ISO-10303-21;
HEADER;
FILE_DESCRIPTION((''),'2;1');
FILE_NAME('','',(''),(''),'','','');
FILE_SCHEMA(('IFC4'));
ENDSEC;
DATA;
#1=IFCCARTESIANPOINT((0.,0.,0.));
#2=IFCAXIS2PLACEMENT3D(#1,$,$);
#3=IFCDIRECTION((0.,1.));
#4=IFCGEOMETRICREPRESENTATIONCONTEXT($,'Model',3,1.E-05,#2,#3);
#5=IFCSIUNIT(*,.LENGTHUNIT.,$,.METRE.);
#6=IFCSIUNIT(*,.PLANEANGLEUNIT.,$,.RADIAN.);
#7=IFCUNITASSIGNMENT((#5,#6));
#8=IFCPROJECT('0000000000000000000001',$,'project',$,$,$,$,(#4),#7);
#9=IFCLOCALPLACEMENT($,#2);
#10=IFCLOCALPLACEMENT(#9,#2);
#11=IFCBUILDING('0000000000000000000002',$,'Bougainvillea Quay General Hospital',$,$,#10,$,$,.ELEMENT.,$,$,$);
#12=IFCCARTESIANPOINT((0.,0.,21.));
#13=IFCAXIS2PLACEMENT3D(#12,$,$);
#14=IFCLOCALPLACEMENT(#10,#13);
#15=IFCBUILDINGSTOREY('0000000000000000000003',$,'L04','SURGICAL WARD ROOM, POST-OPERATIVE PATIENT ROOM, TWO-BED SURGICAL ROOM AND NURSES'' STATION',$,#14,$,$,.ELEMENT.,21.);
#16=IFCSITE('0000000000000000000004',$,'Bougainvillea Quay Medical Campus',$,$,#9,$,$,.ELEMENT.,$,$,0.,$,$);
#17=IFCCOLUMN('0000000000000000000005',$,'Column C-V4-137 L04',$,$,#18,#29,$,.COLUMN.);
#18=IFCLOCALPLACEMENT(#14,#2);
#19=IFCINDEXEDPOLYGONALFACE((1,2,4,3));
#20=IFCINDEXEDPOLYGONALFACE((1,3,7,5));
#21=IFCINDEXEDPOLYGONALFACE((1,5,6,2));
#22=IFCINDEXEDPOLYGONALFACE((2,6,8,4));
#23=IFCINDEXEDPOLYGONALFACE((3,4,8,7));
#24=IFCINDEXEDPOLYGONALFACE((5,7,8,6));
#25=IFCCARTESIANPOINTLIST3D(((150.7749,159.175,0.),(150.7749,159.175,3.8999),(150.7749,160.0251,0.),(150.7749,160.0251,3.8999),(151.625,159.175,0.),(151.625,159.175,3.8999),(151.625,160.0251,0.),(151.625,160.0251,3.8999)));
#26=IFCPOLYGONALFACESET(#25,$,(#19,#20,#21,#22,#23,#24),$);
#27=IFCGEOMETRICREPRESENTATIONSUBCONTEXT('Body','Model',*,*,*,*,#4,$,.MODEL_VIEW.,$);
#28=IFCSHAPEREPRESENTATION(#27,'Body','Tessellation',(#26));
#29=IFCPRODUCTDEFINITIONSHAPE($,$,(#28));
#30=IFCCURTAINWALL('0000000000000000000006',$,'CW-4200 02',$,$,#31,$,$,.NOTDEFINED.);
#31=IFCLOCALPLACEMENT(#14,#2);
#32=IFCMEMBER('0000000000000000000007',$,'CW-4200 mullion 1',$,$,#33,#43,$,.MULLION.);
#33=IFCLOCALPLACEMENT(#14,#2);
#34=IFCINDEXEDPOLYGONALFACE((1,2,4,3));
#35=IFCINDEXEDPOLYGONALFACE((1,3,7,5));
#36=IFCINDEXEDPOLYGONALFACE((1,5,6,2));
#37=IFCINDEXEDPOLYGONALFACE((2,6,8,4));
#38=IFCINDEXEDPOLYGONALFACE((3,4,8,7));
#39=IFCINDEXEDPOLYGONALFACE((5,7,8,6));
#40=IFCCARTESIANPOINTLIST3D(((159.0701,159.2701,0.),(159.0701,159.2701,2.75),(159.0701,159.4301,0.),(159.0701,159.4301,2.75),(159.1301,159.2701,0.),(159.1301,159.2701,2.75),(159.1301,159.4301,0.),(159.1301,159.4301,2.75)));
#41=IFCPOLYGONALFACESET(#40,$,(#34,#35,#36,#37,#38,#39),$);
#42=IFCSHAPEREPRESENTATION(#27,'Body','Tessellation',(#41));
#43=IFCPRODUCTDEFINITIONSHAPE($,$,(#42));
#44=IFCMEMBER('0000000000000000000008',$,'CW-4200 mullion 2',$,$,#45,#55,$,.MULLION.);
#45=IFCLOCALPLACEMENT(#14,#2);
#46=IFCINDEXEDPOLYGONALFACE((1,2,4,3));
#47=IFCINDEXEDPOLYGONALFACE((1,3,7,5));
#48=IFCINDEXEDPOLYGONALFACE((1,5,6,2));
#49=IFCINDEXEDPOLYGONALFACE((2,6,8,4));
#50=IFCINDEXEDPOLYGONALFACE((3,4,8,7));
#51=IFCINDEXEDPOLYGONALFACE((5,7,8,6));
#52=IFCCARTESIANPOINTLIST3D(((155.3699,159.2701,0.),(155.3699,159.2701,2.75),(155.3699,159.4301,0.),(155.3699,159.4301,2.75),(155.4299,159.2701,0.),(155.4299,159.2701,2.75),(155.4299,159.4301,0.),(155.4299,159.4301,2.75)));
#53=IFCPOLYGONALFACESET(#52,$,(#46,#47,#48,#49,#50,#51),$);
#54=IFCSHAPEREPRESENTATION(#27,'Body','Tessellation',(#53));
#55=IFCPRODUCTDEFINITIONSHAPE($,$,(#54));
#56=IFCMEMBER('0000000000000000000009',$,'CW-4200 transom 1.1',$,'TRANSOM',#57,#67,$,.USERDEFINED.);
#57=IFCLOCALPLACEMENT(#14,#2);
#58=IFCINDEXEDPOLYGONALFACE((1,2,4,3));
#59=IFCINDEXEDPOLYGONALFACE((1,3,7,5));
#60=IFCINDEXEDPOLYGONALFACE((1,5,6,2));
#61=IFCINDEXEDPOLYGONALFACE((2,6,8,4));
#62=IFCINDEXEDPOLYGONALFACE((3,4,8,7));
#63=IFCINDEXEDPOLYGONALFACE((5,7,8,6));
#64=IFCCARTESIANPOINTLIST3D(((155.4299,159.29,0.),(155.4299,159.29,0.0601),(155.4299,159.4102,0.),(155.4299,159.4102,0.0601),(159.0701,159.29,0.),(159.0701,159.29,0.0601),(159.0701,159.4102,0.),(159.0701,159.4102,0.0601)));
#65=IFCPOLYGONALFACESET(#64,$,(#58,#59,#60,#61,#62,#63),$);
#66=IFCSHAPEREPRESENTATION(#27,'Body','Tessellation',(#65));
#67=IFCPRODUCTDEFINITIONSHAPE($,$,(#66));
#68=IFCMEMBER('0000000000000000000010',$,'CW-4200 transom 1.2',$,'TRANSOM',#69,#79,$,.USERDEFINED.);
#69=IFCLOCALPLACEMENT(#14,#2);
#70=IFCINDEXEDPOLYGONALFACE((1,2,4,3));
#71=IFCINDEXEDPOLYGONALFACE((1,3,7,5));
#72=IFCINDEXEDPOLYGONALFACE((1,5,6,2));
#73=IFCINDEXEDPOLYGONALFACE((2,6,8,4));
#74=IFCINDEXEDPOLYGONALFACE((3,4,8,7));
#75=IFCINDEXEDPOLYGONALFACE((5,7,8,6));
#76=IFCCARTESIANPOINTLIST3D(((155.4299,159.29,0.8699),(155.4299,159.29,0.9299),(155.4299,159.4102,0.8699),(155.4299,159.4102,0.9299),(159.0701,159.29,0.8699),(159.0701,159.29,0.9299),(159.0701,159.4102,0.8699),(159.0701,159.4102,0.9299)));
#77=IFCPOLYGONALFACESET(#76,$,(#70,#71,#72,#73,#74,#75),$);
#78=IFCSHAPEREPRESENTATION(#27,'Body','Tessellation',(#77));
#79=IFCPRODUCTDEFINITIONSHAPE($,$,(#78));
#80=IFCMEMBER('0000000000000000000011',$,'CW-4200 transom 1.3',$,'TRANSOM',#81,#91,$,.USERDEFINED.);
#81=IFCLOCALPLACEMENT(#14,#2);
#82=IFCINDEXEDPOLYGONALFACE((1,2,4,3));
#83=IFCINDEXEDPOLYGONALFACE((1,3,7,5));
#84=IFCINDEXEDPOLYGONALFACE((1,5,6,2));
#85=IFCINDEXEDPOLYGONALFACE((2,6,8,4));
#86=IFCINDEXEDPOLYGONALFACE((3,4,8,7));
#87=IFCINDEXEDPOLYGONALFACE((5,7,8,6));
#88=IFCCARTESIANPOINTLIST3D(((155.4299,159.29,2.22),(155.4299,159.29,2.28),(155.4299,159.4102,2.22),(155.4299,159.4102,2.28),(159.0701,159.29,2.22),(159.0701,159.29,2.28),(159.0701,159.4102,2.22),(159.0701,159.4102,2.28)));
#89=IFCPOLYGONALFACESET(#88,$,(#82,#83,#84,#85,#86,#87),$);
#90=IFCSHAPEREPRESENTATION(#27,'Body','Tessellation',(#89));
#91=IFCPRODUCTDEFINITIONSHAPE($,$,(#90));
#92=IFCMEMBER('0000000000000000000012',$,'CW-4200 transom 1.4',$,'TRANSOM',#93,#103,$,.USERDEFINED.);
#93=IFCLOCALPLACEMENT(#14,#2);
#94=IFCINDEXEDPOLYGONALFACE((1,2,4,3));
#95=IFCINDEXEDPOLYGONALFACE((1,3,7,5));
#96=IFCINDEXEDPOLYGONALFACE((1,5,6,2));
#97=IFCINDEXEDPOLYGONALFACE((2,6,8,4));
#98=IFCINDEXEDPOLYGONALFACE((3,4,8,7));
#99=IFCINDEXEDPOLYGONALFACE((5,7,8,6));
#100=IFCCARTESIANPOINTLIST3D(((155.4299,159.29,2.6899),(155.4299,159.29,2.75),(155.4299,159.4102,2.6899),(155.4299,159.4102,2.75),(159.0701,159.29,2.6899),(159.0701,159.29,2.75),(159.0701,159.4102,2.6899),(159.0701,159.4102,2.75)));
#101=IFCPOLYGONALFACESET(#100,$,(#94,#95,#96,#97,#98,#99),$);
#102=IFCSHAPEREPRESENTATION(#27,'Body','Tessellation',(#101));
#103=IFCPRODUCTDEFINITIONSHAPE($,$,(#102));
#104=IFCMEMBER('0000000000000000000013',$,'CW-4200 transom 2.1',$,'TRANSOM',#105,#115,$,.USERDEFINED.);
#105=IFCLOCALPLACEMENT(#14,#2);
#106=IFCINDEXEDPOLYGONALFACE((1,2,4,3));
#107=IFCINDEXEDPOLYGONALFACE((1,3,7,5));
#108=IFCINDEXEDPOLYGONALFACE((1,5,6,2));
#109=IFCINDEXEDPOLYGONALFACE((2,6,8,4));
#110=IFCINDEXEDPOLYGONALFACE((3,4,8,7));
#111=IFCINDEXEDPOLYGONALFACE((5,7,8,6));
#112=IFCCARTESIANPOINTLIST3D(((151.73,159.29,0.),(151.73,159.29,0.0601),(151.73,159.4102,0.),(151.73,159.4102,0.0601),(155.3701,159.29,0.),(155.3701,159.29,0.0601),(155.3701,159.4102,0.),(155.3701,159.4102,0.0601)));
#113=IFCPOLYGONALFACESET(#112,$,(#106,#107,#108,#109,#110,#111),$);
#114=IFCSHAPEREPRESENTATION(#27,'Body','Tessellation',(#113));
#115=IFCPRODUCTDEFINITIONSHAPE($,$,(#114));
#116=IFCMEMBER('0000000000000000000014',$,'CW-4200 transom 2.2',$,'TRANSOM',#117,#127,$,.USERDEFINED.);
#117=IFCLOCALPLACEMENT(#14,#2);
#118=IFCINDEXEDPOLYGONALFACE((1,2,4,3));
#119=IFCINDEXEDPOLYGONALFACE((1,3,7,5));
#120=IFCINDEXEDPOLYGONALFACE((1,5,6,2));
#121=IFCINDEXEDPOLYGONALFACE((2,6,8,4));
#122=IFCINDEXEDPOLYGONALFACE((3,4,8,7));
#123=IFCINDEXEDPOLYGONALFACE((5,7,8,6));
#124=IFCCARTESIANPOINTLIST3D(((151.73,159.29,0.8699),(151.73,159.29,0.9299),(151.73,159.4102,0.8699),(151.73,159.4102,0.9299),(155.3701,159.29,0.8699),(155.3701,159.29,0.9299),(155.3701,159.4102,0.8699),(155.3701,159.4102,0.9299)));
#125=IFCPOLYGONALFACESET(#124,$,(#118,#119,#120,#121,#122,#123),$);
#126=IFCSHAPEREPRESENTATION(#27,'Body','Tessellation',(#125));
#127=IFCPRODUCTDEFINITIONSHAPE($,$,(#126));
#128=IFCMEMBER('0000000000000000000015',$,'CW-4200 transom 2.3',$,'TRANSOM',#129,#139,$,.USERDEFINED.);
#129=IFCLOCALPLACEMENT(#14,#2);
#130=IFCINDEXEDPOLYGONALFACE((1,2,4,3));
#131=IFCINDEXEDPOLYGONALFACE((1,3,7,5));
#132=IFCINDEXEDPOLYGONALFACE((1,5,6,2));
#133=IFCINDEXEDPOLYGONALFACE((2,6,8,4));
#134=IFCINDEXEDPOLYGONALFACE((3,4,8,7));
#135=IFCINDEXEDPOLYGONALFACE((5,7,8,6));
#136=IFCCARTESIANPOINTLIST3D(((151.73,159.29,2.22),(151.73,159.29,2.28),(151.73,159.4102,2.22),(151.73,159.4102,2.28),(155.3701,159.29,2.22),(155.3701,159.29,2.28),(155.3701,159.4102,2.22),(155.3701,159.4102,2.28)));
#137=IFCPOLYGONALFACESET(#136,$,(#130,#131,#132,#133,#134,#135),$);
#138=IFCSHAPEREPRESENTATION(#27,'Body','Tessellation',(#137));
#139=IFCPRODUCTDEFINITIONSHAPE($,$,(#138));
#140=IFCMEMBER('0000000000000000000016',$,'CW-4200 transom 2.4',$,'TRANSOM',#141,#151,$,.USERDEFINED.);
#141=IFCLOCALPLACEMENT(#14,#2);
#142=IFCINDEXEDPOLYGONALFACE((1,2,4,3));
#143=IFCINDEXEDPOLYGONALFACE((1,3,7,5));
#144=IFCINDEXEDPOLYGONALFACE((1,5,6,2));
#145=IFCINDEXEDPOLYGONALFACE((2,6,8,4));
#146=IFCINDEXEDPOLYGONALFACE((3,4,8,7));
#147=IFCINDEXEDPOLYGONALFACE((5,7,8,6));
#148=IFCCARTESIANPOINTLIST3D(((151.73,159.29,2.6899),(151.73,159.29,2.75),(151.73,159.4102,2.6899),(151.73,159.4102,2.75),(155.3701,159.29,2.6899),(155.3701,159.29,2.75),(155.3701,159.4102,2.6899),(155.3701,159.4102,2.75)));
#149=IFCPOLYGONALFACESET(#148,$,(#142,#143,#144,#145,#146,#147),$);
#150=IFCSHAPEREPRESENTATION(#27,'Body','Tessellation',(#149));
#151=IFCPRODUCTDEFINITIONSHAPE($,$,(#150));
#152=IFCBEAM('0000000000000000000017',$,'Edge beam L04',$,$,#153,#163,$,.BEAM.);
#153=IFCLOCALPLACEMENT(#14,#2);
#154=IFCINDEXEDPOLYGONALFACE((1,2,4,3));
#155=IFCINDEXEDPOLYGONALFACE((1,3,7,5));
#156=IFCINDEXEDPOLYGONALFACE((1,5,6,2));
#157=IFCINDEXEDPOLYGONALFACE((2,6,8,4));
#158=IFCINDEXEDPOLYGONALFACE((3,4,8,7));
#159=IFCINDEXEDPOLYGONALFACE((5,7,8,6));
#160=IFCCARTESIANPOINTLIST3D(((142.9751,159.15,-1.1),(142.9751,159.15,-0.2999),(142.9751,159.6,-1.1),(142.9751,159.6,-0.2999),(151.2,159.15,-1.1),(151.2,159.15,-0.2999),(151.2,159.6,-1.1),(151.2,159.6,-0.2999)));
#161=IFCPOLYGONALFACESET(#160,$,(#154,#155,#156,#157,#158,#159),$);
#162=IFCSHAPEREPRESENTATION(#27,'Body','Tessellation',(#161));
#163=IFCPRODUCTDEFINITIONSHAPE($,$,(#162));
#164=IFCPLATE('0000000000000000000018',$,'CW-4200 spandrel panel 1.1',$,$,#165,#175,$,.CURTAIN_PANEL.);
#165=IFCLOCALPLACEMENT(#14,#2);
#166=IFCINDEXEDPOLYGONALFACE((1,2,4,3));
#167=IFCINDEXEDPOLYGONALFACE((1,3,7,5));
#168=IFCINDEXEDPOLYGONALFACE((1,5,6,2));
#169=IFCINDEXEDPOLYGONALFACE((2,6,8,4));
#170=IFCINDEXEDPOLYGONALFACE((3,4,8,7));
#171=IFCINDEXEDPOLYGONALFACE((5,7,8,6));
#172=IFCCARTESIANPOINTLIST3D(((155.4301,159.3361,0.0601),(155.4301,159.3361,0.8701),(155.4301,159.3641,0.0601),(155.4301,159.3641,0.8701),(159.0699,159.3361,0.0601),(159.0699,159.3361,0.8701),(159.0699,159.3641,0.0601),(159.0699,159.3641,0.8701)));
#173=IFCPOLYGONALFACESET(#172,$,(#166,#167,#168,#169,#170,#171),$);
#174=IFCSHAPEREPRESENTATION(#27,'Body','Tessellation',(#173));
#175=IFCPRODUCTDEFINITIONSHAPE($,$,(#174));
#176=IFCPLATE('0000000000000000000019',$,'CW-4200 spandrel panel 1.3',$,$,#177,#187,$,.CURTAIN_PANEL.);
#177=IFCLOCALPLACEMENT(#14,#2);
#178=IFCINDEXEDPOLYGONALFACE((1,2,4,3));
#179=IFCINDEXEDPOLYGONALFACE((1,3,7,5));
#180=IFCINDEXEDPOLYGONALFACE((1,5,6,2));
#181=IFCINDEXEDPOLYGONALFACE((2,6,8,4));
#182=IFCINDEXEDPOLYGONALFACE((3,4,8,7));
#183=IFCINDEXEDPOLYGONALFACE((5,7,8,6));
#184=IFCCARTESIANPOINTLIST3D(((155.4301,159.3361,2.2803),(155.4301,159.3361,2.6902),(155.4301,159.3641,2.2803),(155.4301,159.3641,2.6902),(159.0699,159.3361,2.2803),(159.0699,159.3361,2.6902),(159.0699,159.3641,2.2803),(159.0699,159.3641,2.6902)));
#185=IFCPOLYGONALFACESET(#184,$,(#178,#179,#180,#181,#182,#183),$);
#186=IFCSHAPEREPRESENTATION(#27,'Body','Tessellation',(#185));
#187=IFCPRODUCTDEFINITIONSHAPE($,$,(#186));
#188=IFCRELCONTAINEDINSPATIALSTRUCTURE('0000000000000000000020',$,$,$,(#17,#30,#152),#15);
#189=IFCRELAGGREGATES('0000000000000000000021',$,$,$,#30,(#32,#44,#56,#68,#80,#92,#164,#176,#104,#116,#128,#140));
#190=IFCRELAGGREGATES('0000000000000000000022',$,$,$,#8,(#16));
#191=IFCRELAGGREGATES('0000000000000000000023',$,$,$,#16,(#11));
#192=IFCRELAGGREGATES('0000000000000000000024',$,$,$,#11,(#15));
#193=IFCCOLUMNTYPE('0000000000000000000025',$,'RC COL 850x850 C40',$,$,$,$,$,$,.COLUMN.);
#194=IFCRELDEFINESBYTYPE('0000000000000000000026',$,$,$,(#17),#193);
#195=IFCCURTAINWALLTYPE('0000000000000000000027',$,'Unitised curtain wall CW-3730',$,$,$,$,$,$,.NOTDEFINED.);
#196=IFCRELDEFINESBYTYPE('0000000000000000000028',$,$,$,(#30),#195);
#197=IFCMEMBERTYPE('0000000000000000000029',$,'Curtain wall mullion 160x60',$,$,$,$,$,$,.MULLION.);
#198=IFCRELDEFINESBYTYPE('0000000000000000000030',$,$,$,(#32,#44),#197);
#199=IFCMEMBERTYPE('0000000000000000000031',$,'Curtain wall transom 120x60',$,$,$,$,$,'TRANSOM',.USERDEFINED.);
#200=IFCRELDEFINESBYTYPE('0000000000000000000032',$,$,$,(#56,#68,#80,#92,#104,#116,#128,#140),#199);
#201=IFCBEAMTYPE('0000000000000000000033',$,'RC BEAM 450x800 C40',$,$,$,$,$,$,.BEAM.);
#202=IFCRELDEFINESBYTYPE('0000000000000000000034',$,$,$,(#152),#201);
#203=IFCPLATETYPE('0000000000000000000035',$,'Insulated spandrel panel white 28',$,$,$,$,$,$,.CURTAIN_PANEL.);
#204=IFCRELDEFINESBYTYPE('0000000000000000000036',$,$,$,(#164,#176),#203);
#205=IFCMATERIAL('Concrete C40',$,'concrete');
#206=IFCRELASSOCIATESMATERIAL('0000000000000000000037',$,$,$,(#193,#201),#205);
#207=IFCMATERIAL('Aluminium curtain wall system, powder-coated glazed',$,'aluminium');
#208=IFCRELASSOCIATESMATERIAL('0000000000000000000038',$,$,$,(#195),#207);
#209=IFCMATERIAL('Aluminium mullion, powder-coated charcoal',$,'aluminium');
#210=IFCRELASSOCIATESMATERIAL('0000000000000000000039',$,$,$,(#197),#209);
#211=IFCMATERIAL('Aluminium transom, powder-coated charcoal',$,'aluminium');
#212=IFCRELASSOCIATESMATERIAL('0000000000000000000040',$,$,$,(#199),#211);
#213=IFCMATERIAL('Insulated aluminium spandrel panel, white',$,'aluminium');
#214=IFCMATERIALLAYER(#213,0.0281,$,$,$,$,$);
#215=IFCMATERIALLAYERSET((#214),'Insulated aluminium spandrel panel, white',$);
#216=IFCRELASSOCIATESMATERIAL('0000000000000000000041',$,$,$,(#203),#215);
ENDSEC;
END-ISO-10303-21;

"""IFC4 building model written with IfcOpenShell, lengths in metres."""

from ifc_helpers import new_model, si_unit, direction, frame, origin, origin_2d, place, context, subcontext, project, spatial, rectangle, extrude, material, layer, layer_set, material_profile, profile_set, type_object, element, aggregate, save


model = new_model("IFC4")

# Units and contexts
model_context = context("Model", 3, precision=1e-05, world=origin(), true_north=direction((0.0, 1.0)))
body_context = subcontext(model_context, "Body", "Model", "MODEL_VIEW")
ifc_project = project(units=[si_unit("LENGTHUNIT", "METRE"), si_unit("PLANEANGLEUNIT", "RADIAN")], contexts=[model_context])

# Site, building, storey
site_placement = place(None, origin())
site = spatial("IfcSite", under=ifc_project, at=site_placement, Name="Bougainvillea Quay Medical Campus", CompositionType="ELEMENT", RefElevation=0.0)
building_placement = place(site_placement, origin())
building = spatial("IfcBuilding", under=site, at=building_placement, Name="Bougainvillea Quay General Hospital", CompositionType="ELEMENT")
storey_placement = place(building_placement, frame((0.0, 0.0, 21.0)))
storey = spatial("IfcBuildingStorey", under=building, at=storey_placement, Name="L04", Description="SURGICAL WARD ROOM, POST-OPERATIVE PATIENT ROOM, TWO-BED SURGICAL ROOM AND NURSES' STATION", CompositionType="ELEMENT", Elevation=21.0)

# Column
ifc_material_1 = material(Name="Concrete C40", Category="concrete")
ifc_material_profile_1 = material_profile(ifc_material_1, rectangle(XDim=0.8501, YDim=0.8501, at=origin_2d()))
ifc_profile_set_1 = profile_set([ifc_material_profile_1], Name="Concrete C40")
column_type = type_object("IfcColumnType", Name="RC COL 850x850 C40", PredefinedType="COLUMN", material=ifc_profile_set_1)
column_placement = place(storey_placement, frame((151.2, 159.6001, 0.0), z_axis=(0.0, 0.0, 1.0), x_axis=(1.0, 0.0, 0.0)))
element("IfcColumn", 1, at=column_placement, inside=storey, type_object=column_type, Name="Column C-V4-137 L04", PredefinedType="COLUMN", context=body_context, shape_type="SweptSolid", body=[
    extrude(rectangle(XDim=0.8501, YDim=0.8501, at=origin_2d()), origin(), (0.0, 0.0, 1.0), 3.8999),
])

# Curtain wall, members
ifc_material_2 = material(Name="Aluminium curtain wall system, powder-coated glazed", Category="aluminium")
curtain_wall_type = type_object("IfcCurtainWallType", Name="Unitised curtain wall CW-3730", PredefinedType="NOTDEFINED", material=ifc_material_2)
curtain_wall_placement = place(storey_placement, origin())
curtain_wall = element("IfcCurtainWall", 2, at=curtain_wall_placement, inside=storey, type_object=curtain_wall_type, Name="CW-4200 02", PredefinedType="NOTDEFINED")
ifc_material_3 = material(Name="Aluminium mullion, powder-coated charcoal", Category="aluminium")
ifc_material_profile_2 = material_profile(ifc_material_3, rectangle(XDim=0.1599, YDim=0.0601, at=origin_2d()))
ifc_profile_set_2 = profile_set([ifc_material_profile_2], Name="Aluminium mullion, powder-coated charcoal")
member_type_1 = type_object("IfcMemberType", Name="Curtain wall mullion 160x60", PredefinedType="MULLION", material=ifc_profile_set_2)
member_1_placement = place(storey_placement, frame((159.1001, 159.3501, 0.0), z_axis=(0.0, 0.0, 1.0), x_axis=(0.0, -1.0, 0.0)))
member_1 = element("IfcMember", 3, at=member_1_placement, type_object=member_type_1, Name="CW-4200 mullion 1", PredefinedType="MULLION", context=body_context, shape_type="SweptSolid", body=[
    extrude(rectangle(XDim=0.1599, YDim=0.0601, at=origin_2d()), origin(), (0.0, 0.0, 1.0), 2.75),
])
member_2_placement = place(storey_placement, frame((155.3999, 159.3501, 0.0), z_axis=(0.0, 0.0, 1.0), x_axis=(0.0, -1.0, 0.0)))
member_2 = element("IfcMember", 4, at=member_2_placement, type_object=member_type_1, Name="CW-4200 mullion 2", PredefinedType="MULLION", context=body_context, shape_type="SweptSolid", body=[
    extrude(rectangle(XDim=0.1599, YDim=0.0601, at=origin_2d()), origin(), (0.0, 0.0, 1.0), 2.75),
])
ifc_material_4 = material(Name="Aluminium transom, powder-coated charcoal", Category="aluminium")
ifc_material_profile_3 = material_profile(ifc_material_4, rectangle(XDim=0.1201, YDim=0.0601, at=origin_2d()))
ifc_profile_set_3 = profile_set([ifc_material_profile_3], Name="Aluminium transom, powder-coated charcoal")
member_type_2 = type_object("IfcMemberType", Name="Curtain wall transom 120x60", ElementType="TRANSOM", PredefinedType="USERDEFINED", material=ifc_profile_set_3)
member_3_placement = place(storey_placement, frame((159.0701, 159.3501, 0.03), z_axis=(-1.0, 0.0, 0.0), x_axis=(0.0, -1.0, 0.0)))
member_3 = element("IfcMember", 5, at=member_3_placement, type_object=member_type_2, Name="CW-4200 transom 1.1", ObjectType="TRANSOM", PredefinedType="USERDEFINED", context=body_context, shape_type="SweptSolid", body=[
    extrude(rectangle(XDim=0.1201, YDim=0.0601, at=origin_2d()), origin(), (0.0, 0.0, 1.0), 3.6401),
])
member_4_placement = place(storey_placement, frame((159.0701, 159.3501, 0.8999), z_axis=(-1.0, 0.0, 0.0), x_axis=(0.0, -1.0, 0.0)))
member_4 = element("IfcMember", 6, at=member_4_placement, type_object=member_type_2, Name="CW-4200 transom 1.2", ObjectType="TRANSOM", PredefinedType="USERDEFINED", context=body_context, shape_type="SweptSolid", body=[
    extrude(rectangle(XDim=0.1201, YDim=0.0601, at=origin_2d()), origin(), (0.0, 0.0, 1.0), 3.6401),
])
member_5_placement = place(storey_placement, frame((159.0701, 159.3501, 2.25), z_axis=(-1.0, 0.0, 0.0), x_axis=(0.0, -1.0, 0.0)))
member_5 = element("IfcMember", 7, at=member_5_placement, type_object=member_type_2, Name="CW-4200 transom 1.3", ObjectType="TRANSOM", PredefinedType="USERDEFINED", context=body_context, shape_type="SweptSolid", body=[
    extrude(rectangle(XDim=0.1201, YDim=0.0601, at=origin_2d()), origin(), (0.0, 0.0, 1.0), 3.6401),
])
member_6_placement = place(storey_placement, frame((159.0701, 159.3501, 2.72), z_axis=(-1.0, 0.0, 0.0), x_axis=(0.0, -1.0, 0.0)))
member_6 = element("IfcMember", 8, at=member_6_placement, type_object=member_type_2, Name="CW-4200 transom 1.4", ObjectType="TRANSOM", PredefinedType="USERDEFINED", context=body_context, shape_type="SweptSolid", body=[
    extrude(rectangle(XDim=0.1201, YDim=0.0601, at=origin_2d()), origin(), (0.0, 0.0, 1.0), 3.6401),
])
member_7_placement = place(storey_placement, frame((155.3701, 159.3501, 0.03), z_axis=(-1.0, 0.0, 0.0), x_axis=(0.0, -1.0, 0.0)))
member_7 = element("IfcMember", 9, at=member_7_placement, type_object=member_type_2, Name="CW-4200 transom 2.1", ObjectType="TRANSOM", PredefinedType="USERDEFINED", context=body_context, shape_type="SweptSolid", body=[
    extrude(rectangle(XDim=0.1201, YDim=0.0601, at=origin_2d()), origin(), (0.0, 0.0, 1.0), 3.6401),
])
member_8_placement = place(storey_placement, frame((155.3701, 159.3501, 0.8999), z_axis=(-1.0, 0.0, 0.0), x_axis=(0.0, -1.0, 0.0)))
member_8 = element("IfcMember", 10, at=member_8_placement, type_object=member_type_2, Name="CW-4200 transom 2.2", ObjectType="TRANSOM", PredefinedType="USERDEFINED", context=body_context, shape_type="SweptSolid", body=[
    extrude(rectangle(XDim=0.1201, YDim=0.0601, at=origin_2d()), origin(), (0.0, 0.0, 1.0), 3.6401),
])
member_9_placement = place(storey_placement, frame((155.3701, 159.3501, 2.25), z_axis=(-1.0, 0.0, 0.0), x_axis=(0.0, -1.0, 0.0)))
member_9 = element("IfcMember", 11, at=member_9_placement, type_object=member_type_2, Name="CW-4200 transom 2.3", ObjectType="TRANSOM", PredefinedType="USERDEFINED", context=body_context, shape_type="SweptSolid", body=[
    extrude(rectangle(XDim=0.1201, YDim=0.0601, at=origin_2d()), origin(), (0.0, 0.0, 1.0), 3.6401),
])
member_10_placement = place(storey_placement, frame((155.3701, 159.3501, 2.72), z_axis=(-1.0, 0.0, 0.0), x_axis=(0.0, -1.0, 0.0)))
member_10 = element("IfcMember", 12, at=member_10_placement, type_object=member_type_2, Name="CW-4200 transom 2.4", ObjectType="TRANSOM", PredefinedType="USERDEFINED", context=body_context, shape_type="SweptSolid", body=[
    extrude(rectangle(XDim=0.1201, YDim=0.0601, at=origin_2d()), origin(), (0.0, 0.0, 1.0), 3.6401),
])

# Beam
ifc_material_profile_4 = material_profile(ifc_material_1, rectangle(XDim=0.45, YDim=0.8, at=origin_2d()))
ifc_profile_set_4 = profile_set([ifc_material_profile_4], Name="Concrete C40")
beam_type = type_object("IfcBeamType", Name="RC BEAM 450x800 C40", PredefinedType="BEAM", material=ifc_profile_set_4)
beam_placement = place(storey_placement, frame((151.2, 159.375, -0.7), z_axis=(-1.0, 0.0, 0.0), x_axis=(0.0, -1.0, 0.0)))
element("IfcBeam", 13, at=beam_placement, inside=storey, type_object=beam_type, Name="Edge beam L04", PredefinedType="BEAM", context=body_context, shape_type="SweptSolid", body=[
    extrude(rectangle(XDim=0.45, YDim=0.8, at=origin_2d()), origin(), (0.0, 0.0, 1.0), 8.2249),
])

# Plates
ifc_material_5 = material(Name="Insulated aluminium spandrel panel, white", Category="aluminium")
ifc_layer_1 = layer(ifc_material_5, 0.0281)
ifc_layer_set_1 = layer_set([ifc_layer_1], Name="Insulated aluminium spandrel panel, white")
plate_type_1 = type_object("IfcPlateType", Name="Insulated spandrel panel white 28", PredefinedType="CURTAIN_PANEL", material=ifc_layer_set_1)
plate_1_placement = place(storey_placement, frame((157.25, 159.3501, 0.0601), z_axis=(0.0, 0.0, 1.0), x_axis=(-1.0, 0.0, 0.0)))
plate_1 = element("IfcPlate", 14, at=plate_1_placement, type_object=plate_type_1, Name="CW-4200 spandrel panel 1.1", PredefinedType="CURTAIN_PANEL", context=body_context, shape_type="SweptSolid", body=[
    extrude(rectangle(XDim=3.6399, YDim=0.0281, at=origin_2d()), origin(), (0.0, 0.0, 1.0), 0.8101),
])
plate_2_placement = place(storey_placement, frame((157.25, 159.3501, 2.2803), z_axis=(0.0, 0.0, 1.0), x_axis=(-1.0, 0.0, 0.0)))
plate_2 = element("IfcPlate", 15, at=plate_2_placement, type_object=plate_type_1, Name="CW-4200 spandrel panel 1.3", PredefinedType="CURTAIN_PANEL", context=body_context, shape_type="SweptSolid", body=[
    extrude(rectangle(XDim=3.6399, YDim=0.0281, at=origin_2d()), origin(), (0.0, 0.0, 1.0), 0.4099),
])
aggregate(curtain_wall, [member_1, member_2, member_3, member_4, member_5, member_6, plate_1, plate_2, member_7, member_8, member_9, member_10])

save(model, "model.ifc")
